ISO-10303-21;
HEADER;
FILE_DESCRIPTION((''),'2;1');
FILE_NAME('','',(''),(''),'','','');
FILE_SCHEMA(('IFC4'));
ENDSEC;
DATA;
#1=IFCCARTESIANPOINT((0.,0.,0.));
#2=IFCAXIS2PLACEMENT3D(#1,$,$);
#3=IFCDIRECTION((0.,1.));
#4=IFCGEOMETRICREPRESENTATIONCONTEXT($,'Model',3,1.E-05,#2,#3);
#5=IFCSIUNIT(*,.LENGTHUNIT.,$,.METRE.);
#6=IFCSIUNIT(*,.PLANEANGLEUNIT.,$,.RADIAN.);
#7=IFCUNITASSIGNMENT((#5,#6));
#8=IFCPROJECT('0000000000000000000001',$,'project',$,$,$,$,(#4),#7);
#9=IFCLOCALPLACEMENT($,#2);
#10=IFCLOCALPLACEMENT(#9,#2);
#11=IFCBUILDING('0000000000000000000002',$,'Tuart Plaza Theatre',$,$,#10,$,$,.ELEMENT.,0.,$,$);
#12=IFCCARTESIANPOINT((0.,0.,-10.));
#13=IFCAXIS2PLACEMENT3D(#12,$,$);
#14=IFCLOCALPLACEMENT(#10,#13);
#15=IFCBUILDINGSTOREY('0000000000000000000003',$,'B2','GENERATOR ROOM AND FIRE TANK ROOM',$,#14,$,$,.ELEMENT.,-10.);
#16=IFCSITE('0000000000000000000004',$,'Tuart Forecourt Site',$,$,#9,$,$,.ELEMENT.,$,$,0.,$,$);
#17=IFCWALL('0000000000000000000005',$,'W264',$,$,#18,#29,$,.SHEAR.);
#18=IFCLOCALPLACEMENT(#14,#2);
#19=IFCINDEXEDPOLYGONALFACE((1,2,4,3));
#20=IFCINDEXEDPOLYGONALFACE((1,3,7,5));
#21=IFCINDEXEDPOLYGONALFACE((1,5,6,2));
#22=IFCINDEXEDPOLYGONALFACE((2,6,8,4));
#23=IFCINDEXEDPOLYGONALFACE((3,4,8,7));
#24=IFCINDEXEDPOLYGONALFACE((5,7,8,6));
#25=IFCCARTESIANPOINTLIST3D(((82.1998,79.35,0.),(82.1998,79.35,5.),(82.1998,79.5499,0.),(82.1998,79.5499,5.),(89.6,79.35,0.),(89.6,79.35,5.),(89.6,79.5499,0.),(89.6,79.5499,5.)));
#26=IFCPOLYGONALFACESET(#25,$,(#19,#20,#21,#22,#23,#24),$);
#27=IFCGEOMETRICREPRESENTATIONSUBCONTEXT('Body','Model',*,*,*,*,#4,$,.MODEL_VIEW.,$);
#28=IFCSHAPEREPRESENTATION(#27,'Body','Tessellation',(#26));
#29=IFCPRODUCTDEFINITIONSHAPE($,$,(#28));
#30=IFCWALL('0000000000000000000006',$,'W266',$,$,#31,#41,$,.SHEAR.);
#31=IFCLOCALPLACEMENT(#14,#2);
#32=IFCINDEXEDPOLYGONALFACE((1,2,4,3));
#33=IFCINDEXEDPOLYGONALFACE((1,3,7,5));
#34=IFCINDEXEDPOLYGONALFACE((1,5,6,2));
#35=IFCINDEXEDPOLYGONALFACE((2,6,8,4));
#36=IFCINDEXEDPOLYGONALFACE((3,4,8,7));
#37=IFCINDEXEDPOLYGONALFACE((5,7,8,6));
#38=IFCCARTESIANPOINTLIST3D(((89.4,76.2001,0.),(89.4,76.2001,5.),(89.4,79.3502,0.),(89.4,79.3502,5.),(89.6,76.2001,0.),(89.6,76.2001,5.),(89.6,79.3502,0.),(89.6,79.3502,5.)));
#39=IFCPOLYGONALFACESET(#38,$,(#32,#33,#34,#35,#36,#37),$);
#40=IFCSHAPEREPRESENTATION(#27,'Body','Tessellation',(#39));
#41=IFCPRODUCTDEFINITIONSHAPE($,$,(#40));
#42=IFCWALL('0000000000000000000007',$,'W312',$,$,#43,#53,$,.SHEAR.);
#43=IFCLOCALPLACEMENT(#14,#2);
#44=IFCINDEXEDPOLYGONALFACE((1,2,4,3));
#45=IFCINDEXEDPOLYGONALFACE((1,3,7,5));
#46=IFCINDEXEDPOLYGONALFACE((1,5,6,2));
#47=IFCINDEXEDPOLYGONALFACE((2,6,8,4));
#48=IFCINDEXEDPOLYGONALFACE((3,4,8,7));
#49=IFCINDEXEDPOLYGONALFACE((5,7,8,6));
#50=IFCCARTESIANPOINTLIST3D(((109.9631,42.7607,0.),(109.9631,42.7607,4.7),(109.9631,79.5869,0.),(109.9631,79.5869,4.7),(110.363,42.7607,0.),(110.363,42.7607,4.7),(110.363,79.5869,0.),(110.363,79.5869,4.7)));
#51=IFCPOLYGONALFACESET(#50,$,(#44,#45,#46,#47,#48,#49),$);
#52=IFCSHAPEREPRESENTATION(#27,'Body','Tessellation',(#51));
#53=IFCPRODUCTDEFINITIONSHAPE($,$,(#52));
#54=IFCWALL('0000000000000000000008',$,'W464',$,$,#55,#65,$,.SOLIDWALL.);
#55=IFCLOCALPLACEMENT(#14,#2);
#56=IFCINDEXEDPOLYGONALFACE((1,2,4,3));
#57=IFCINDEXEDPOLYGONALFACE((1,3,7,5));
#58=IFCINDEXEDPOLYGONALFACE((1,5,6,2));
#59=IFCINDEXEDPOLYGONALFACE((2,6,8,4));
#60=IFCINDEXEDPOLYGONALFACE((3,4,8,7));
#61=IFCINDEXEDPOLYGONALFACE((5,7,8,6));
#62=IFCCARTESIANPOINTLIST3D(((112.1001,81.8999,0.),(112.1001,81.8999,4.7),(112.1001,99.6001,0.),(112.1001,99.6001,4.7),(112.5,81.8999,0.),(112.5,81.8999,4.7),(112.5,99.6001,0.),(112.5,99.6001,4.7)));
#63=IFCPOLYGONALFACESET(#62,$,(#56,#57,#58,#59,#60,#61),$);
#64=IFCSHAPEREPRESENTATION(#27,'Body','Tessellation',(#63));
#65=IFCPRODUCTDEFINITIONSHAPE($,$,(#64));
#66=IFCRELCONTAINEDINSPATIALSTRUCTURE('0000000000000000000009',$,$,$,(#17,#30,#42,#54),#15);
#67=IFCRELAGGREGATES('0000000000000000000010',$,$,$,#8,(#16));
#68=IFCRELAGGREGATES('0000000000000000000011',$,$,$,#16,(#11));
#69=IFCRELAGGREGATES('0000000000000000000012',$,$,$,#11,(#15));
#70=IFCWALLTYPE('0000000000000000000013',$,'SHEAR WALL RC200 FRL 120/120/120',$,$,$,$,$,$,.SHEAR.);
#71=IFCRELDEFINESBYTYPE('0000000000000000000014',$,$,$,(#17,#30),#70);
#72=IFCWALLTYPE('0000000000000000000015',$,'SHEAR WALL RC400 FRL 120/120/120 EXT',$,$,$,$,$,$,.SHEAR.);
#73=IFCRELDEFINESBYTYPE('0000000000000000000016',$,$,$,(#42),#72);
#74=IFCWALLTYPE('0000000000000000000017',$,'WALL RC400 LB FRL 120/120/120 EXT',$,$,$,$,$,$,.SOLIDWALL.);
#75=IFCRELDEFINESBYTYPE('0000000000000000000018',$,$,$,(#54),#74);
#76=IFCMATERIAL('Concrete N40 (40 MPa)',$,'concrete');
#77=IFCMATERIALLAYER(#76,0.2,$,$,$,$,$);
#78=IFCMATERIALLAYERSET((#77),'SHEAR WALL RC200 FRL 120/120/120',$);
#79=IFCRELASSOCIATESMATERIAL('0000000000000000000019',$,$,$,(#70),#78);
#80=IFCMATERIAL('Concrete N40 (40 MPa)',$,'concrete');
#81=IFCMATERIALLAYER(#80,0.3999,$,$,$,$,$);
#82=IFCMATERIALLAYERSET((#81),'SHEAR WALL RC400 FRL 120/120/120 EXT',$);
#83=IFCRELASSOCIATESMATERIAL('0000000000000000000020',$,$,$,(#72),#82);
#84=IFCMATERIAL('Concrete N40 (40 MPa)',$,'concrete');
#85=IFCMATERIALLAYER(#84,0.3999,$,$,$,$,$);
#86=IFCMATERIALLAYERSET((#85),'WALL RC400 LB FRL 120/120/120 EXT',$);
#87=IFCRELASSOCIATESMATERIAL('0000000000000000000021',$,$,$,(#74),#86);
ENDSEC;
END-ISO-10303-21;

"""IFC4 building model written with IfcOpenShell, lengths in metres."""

from ifc_helpers import new_model, si_unit, direction, frame, frame_2d, origin, place, context, subcontext, project, spatial, rectangle, extrude, material, layer, layer_set, type_object, element, save


model = new_model("IFC4")

# Units and contexts
model_context = context("Model", 3, precision=1e-05, world=origin(), true_north=direction((0.0, 1.0)))
body_context = subcontext(model_context, "Body", "Model", "MODEL_VIEW")
ifc_project = project(units=[si_unit("LENGTHUNIT", "METRE"), si_unit("PLANEANGLEUNIT", "RADIAN")], contexts=[model_context])

# Site, building, storey
site_placement = place(None, origin())
site = spatial("IfcSite", under=ifc_project, at=site_placement, Name="Tuart Forecourt Site", CompositionType="ELEMENT", RefElevation=0.0)
building_placement = place(site_placement, origin())
building = spatial("IfcBuilding", under=site, at=building_placement, Name="Tuart Plaza Theatre", CompositionType="ELEMENT", ElevationOfRefHeight=0.0)
storey_placement = place(building_placement, frame((0.0, 0.0, -10.0)))
storey = spatial("IfcBuildingStorey", under=building, at=storey_placement, Name="B2", Description="GENERATOR ROOM AND FIRE TANK ROOM", CompositionType="ELEMENT", Elevation=-10.0)

# Walls
ifc_material_1 = material(Name="Concrete N40 (40 MPa)", Category="concrete")
ifc_layer_1 = layer(ifc_material_1, 0.2)
ifc_layer_set_1 = layer_set([ifc_layer_1], Name="SHEAR WALL RC200 FRL 120/120/120")
wall_type_1 = type_object("IfcWallType", Name="SHEAR WALL RC200 FRL 120/120/120", PredefinedType="SHEAR", material=ifc_layer_set_1)
wall_1_placement = place(storey_placement, frame((89.6001, 79.45, 0.0), z_axis=(0.0, 0.0, 1.0), x_axis=(-1.0, 0.0, 0.0)))
element("IfcWall", 1, at=wall_1_placement, inside=storey, type_object=wall_type_1, Name="W264", PredefinedType="SHEAR", context=body_context, shape_type="SweptSolid", body=[
    extrude(rectangle(XDim=7.4001, YDim=0.2, at=frame_2d((3.7002, 0.0))), origin(), (0.0, 0.0, 1.0), 5.0),
])
wall_2_placement = place(storey_placement, frame((89.5, 76.2, 0.0), z_axis=(0.0, 0.0, 1.0), x_axis=(0.0, 1.0, 0.0)))
element("IfcWall", 2, at=wall_2_placement, inside=storey, type_object=wall_type_1, Name="W266", PredefinedType="SHEAR", context=body_context, shape_type="SweptSolid", body=[
    extrude(rectangle(XDim=3.1501, YDim=0.2, at=frame_2d((1.5752, 0.0))), origin(), (0.0, 0.0, 1.0), 5.0),
])
ifc_material_2 = material(Name="Concrete N40 (40 MPa)", Category="concrete")
ifc_layer_2 = layer(ifc_material_2, 0.3999)
ifc_layer_set_2 = layer_set([ifc_layer_2], Name="SHEAR WALL RC400 FRL 120/120/120 EXT")
wall_type_2 = type_object("IfcWallType", Name="SHEAR WALL RC400 FRL 120/120/120 EXT", PredefinedType="SHEAR", material=ifc_layer_set_2)
wall_3_placement = place(storey_placement, frame((110.1631, 79.5869, 0.0), z_axis=(0.0, 0.0, 1.0), x_axis=(0.0, -1.0, 0.0)))
element("IfcWall", 3, at=wall_3_placement, inside=storey, type_object=wall_type_2, Name="W312", PredefinedType="SHEAR", context=body_context, shape_type="SweptSolid", body=[
    extrude(rectangle(XDim=36.8262, YDim=0.3999, at=frame_2d((18.4131, 0.0))), origin(), (0.0, 0.0, 1.0), 4.7),
])
ifc_material_3 = material(Name="Concrete N40 (40 MPa)", Category="concrete")
ifc_layer_3 = layer(ifc_material_3, 0.3999)
ifc_layer_set_3 = layer_set([ifc_layer_3], Name="WALL RC400 LB FRL 120/120/120 EXT")
wall_type_3 = type_object("IfcWallType", Name="WALL RC400 LB FRL 120/120/120 EXT", PredefinedType="SOLIDWALL", material=ifc_layer_set_3)
wall_4_placement = place(storey_placement, frame((112.3, 81.8999, 0.0), z_axis=(0.0, 0.0, 1.0), x_axis=(0.0, 1.0, 0.0)))
element("IfcWall", 4, at=wall_4_placement, inside=storey, type_object=wall_type_3, Name="W464", PredefinedType="SOLIDWALL", context=body_context, shape_type="SweptSolid", body=[
    extrude(rectangle(XDim=17.7002, YDim=0.3999, at=frame_2d((8.8501, 0.0))), origin(), (0.0, 0.0, 1.0), 4.7),
])

save(model, "model.ifc")
